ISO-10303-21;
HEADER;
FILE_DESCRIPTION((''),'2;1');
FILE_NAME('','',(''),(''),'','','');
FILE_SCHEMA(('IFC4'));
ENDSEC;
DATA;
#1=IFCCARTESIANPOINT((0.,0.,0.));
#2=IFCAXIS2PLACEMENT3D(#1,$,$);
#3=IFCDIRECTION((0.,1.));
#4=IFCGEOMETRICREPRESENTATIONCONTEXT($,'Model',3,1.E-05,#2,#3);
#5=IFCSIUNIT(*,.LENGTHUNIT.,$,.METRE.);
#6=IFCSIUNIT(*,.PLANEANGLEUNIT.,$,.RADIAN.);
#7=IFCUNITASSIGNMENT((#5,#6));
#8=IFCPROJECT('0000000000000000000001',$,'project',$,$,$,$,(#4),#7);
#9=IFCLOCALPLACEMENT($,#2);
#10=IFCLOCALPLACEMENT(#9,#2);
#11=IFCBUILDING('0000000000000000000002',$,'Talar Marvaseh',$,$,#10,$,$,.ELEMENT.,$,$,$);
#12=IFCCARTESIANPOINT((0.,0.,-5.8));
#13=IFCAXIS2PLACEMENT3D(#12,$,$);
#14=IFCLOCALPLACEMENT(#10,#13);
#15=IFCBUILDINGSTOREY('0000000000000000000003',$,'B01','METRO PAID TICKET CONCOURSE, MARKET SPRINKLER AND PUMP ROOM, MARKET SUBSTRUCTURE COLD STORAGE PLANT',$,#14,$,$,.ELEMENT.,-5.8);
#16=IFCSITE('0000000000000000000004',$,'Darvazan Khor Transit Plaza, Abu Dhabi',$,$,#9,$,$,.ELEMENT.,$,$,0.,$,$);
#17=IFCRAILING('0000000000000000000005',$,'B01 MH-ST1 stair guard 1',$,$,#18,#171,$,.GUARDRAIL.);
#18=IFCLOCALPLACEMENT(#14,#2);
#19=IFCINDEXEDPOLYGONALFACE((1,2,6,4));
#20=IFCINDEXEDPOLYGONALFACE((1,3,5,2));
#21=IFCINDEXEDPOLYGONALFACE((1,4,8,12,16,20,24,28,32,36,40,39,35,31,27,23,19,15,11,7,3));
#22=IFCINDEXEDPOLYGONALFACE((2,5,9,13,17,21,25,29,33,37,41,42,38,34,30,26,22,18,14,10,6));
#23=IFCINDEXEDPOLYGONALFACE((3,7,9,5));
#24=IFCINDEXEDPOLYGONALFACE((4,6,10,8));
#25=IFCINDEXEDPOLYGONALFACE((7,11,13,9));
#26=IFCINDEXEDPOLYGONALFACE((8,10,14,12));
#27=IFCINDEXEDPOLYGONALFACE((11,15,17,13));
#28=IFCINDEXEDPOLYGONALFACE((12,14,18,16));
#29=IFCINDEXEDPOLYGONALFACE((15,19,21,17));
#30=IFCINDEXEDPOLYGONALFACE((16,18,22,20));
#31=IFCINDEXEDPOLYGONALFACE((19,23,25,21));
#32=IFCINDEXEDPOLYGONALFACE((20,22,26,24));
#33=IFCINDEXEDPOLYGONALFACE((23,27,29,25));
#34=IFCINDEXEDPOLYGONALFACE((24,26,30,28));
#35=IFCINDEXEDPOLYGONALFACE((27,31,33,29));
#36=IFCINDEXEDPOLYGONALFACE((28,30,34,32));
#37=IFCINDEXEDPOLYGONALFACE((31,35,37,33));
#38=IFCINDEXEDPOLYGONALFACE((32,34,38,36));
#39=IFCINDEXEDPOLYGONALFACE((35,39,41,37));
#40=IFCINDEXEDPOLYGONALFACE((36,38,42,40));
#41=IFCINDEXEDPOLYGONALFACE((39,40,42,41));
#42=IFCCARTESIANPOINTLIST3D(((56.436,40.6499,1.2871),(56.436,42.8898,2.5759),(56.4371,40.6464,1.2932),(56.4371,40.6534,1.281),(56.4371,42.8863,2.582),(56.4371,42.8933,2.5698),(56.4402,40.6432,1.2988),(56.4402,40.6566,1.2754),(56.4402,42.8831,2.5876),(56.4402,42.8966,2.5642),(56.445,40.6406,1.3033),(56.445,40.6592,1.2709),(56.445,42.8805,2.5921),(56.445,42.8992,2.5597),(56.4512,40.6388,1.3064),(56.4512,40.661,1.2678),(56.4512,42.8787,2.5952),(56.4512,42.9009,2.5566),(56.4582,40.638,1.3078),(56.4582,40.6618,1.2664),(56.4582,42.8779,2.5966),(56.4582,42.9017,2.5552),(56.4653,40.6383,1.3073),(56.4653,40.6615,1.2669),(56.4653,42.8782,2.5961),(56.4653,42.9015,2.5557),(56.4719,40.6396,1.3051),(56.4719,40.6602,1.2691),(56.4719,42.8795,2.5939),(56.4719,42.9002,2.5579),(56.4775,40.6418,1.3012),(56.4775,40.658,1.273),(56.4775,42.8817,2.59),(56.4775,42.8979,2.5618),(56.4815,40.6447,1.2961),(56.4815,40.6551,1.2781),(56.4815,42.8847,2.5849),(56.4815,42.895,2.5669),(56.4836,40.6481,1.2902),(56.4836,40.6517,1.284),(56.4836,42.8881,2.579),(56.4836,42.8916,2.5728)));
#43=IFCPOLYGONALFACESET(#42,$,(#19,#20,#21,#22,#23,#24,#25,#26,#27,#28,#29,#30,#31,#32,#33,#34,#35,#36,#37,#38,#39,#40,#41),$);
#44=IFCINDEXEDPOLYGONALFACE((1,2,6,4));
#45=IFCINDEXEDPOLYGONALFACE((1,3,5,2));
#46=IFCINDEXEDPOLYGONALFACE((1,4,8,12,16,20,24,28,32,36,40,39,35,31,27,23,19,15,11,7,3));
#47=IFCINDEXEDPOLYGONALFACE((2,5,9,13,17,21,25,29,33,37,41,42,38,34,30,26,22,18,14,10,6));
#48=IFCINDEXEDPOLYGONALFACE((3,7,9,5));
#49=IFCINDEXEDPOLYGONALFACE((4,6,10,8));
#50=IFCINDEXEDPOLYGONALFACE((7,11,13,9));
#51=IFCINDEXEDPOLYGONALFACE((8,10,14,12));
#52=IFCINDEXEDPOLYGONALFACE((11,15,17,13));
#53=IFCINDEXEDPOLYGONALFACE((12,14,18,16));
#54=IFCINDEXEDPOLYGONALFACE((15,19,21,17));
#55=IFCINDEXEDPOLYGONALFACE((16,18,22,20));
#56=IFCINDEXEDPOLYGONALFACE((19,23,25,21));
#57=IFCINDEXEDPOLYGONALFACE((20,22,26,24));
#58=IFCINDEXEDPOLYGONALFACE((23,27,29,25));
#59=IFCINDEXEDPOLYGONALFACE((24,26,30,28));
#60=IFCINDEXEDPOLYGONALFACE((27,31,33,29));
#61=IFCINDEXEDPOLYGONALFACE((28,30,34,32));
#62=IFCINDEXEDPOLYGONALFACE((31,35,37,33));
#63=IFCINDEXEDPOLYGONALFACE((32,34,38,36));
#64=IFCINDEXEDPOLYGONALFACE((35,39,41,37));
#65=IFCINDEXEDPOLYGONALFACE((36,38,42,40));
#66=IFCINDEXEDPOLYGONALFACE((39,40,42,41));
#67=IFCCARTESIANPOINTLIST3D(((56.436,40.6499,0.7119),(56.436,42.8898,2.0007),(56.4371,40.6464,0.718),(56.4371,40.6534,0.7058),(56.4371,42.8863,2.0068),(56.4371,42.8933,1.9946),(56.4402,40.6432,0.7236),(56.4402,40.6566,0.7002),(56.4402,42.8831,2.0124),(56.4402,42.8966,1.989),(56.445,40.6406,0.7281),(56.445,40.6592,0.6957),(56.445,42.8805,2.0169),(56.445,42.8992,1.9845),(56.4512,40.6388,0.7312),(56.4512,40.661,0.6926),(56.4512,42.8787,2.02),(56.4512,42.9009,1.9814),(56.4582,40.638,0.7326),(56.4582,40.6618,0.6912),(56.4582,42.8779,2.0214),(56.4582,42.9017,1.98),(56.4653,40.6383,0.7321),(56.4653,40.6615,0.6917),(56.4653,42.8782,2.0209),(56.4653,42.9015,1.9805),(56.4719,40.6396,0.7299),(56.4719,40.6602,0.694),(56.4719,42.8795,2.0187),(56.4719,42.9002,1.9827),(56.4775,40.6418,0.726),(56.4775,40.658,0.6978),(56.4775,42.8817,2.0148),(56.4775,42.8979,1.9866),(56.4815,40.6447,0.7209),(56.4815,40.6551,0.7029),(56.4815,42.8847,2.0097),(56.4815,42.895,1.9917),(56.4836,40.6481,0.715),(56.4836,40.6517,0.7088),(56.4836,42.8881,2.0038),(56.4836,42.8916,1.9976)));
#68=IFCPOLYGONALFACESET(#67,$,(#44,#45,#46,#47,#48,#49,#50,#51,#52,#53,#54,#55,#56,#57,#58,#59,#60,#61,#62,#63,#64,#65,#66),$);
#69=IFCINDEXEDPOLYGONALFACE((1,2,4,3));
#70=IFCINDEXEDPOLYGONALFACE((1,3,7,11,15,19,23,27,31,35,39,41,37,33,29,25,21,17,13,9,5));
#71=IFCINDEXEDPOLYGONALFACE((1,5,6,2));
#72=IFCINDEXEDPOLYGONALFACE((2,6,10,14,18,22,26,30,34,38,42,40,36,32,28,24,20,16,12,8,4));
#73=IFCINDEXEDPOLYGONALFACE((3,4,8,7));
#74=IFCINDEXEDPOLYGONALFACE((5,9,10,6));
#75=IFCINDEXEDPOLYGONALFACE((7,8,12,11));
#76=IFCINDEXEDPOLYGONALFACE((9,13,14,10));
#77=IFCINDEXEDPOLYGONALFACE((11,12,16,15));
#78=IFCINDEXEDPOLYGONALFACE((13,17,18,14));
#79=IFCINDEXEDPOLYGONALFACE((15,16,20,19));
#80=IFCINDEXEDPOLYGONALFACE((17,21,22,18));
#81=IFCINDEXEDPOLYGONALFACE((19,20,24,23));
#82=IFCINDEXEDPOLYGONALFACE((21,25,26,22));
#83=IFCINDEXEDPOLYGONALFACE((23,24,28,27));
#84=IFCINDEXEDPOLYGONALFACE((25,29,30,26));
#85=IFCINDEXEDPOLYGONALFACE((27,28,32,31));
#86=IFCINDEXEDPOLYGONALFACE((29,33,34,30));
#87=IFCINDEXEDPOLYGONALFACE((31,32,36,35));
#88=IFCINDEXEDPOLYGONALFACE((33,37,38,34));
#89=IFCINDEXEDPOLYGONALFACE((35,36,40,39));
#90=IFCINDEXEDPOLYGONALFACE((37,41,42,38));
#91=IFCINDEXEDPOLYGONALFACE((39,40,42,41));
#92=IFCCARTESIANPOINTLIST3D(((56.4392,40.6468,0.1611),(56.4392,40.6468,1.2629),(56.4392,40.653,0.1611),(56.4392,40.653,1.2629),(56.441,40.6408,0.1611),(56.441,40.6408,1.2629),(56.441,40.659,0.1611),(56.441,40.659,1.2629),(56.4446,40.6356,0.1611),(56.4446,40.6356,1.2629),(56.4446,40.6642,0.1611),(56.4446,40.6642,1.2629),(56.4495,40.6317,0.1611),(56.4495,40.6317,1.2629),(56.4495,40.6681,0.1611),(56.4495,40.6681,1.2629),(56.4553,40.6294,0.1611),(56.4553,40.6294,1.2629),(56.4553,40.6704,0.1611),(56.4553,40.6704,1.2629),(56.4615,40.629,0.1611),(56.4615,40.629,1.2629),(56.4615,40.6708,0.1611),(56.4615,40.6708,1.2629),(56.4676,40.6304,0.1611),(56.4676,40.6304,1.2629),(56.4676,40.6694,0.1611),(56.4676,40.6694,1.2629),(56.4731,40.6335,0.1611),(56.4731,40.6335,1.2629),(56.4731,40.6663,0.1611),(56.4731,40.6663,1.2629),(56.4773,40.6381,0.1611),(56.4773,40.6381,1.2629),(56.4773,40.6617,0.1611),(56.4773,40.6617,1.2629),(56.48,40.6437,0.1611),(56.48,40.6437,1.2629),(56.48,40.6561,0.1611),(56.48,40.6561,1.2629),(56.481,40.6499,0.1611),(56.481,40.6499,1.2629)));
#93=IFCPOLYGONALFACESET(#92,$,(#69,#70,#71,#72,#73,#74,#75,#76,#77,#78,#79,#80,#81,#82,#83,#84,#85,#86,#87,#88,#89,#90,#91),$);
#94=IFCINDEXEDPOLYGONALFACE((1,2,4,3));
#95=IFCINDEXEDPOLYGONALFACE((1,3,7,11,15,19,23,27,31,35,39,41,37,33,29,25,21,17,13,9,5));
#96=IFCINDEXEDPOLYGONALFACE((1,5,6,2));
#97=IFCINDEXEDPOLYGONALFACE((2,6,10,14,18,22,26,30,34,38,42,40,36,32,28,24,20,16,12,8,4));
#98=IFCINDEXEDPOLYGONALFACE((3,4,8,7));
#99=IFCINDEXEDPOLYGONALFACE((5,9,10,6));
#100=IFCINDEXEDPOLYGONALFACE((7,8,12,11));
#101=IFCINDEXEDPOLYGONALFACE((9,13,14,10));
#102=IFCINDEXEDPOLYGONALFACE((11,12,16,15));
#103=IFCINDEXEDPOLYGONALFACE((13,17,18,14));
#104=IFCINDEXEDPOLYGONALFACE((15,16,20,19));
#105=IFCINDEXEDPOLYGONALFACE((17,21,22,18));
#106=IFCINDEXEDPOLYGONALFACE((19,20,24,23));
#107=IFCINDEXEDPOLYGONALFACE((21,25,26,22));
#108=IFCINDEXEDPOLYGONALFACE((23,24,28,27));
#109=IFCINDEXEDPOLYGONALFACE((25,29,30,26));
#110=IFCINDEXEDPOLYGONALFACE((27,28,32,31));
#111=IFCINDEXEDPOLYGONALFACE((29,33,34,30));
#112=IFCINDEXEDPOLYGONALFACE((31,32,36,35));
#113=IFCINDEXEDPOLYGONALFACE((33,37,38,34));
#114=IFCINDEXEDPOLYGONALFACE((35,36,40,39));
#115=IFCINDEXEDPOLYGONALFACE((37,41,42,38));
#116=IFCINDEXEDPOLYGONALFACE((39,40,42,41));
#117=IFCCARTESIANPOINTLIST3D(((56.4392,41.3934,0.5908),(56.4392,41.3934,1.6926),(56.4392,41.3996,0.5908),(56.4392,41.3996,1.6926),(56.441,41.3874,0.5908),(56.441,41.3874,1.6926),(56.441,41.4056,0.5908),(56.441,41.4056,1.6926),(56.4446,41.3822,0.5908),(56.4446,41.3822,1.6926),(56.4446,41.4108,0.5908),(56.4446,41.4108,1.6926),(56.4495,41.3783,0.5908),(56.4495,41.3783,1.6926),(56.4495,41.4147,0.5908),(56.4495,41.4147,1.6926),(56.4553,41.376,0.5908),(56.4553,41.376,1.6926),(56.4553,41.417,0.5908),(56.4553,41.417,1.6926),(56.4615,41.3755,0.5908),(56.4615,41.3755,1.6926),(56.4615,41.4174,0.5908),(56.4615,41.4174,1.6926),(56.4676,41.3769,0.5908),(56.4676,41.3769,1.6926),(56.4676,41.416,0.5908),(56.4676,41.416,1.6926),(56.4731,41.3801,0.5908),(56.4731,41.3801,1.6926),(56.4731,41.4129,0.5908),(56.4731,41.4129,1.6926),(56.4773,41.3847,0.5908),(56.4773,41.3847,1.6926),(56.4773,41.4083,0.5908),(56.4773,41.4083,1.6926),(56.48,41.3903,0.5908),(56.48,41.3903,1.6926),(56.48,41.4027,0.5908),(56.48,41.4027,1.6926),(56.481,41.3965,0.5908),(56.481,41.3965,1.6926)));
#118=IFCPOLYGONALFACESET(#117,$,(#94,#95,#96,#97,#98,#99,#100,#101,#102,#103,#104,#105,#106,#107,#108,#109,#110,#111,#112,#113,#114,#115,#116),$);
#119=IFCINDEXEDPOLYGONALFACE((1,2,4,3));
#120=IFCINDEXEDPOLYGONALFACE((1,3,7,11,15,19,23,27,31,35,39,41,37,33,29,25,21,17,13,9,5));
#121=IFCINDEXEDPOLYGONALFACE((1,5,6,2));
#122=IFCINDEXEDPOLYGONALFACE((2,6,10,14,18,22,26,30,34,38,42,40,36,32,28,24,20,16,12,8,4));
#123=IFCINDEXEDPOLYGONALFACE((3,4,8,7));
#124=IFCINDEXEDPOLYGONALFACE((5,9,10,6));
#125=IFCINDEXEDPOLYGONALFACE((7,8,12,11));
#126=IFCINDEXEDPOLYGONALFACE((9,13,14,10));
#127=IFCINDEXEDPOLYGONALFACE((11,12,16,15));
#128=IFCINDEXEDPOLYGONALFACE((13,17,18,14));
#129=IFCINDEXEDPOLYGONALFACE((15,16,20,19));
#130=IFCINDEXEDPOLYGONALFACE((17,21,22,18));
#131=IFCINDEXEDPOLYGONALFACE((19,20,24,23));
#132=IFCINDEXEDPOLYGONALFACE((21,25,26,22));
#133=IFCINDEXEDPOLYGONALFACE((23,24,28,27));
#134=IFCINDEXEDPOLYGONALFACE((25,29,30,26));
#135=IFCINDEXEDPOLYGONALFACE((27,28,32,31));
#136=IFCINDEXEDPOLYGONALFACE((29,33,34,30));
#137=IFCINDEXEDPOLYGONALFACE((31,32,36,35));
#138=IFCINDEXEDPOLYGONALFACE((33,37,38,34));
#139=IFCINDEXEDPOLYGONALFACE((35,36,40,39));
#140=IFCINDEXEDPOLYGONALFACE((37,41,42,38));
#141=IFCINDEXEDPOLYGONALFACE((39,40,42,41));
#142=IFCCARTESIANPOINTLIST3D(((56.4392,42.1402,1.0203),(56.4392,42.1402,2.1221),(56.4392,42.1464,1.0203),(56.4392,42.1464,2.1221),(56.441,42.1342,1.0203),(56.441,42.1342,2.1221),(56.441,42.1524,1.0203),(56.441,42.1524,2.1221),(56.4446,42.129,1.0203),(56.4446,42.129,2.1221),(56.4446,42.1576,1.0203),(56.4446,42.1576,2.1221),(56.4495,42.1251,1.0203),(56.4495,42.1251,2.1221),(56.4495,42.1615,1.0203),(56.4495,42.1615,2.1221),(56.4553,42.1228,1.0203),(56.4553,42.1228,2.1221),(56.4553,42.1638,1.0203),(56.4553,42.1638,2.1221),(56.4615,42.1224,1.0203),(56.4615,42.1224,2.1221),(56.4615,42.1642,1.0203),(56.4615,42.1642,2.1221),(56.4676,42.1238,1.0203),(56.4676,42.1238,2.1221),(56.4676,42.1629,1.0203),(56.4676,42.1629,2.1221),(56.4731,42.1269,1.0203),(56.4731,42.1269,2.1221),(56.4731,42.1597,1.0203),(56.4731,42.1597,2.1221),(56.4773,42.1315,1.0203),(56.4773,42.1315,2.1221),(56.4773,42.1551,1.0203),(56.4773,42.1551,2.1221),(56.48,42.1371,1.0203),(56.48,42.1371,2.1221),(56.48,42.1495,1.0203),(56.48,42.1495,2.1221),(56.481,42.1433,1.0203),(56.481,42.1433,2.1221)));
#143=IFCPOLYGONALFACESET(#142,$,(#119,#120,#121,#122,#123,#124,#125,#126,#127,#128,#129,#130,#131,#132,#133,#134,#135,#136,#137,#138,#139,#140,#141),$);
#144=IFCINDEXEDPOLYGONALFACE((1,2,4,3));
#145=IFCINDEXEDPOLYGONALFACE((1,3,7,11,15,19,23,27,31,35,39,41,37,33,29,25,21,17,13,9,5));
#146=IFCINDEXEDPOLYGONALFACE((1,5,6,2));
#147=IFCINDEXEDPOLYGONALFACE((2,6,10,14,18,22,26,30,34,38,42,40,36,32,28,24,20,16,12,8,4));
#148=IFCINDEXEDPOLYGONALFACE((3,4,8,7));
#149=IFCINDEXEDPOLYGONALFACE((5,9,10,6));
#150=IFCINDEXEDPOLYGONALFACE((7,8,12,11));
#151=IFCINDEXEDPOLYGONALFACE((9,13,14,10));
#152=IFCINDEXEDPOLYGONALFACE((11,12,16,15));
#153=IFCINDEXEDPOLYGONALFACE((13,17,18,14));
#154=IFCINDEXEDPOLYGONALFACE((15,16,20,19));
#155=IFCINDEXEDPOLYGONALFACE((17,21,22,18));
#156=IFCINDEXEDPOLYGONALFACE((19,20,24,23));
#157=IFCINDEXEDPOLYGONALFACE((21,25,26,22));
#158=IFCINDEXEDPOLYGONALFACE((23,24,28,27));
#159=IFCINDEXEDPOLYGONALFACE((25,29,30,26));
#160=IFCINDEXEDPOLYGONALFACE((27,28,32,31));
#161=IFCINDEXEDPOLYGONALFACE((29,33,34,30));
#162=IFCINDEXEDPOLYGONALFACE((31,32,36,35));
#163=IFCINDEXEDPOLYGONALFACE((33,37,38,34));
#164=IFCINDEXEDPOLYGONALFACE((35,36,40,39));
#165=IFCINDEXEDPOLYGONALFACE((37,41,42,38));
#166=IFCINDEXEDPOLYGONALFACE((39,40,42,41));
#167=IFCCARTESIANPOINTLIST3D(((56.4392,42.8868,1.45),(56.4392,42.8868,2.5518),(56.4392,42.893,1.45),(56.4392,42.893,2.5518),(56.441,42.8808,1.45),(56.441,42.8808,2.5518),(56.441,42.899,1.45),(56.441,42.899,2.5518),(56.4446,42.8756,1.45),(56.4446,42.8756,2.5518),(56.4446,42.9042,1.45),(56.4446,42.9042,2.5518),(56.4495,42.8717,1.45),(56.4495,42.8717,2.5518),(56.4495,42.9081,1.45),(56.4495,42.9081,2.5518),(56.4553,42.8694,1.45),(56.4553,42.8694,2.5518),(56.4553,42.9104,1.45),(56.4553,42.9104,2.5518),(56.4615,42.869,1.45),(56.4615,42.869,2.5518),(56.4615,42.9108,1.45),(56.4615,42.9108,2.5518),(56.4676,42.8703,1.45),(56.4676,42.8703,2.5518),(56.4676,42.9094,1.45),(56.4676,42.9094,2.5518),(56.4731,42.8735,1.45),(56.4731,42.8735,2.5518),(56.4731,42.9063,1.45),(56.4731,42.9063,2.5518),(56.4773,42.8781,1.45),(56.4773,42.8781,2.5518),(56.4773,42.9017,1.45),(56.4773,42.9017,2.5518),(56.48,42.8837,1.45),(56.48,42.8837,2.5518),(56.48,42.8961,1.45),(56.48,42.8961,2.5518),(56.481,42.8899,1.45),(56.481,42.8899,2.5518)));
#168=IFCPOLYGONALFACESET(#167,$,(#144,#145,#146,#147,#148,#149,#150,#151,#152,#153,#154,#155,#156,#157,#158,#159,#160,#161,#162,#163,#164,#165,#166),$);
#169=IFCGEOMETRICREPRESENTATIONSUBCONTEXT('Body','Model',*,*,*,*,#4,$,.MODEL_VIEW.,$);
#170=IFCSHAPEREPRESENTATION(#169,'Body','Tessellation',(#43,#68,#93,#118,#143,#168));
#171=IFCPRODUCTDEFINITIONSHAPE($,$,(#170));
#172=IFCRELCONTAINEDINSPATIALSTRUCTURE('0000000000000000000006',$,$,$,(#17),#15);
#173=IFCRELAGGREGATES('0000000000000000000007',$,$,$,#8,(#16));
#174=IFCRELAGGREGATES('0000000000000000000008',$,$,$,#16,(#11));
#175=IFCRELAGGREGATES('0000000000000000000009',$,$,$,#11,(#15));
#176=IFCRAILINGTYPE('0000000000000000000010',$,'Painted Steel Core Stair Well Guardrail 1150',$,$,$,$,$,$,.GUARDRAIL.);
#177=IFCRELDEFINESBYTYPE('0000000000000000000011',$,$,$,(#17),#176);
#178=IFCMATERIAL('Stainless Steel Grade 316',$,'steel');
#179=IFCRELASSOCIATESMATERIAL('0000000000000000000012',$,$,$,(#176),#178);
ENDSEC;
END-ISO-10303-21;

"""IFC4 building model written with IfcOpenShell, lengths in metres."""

from ifc_helpers import new_model, si_unit, direction, frame, origin, origin_2d, place, context, subcontext, project, spatial, circle, extrude, material, type_object, element, save


model = new_model("IFC4")

# Units and contexts
model_context = context("Model", 3, precision=1e-05, world=origin(), true_north=direction((0.0, 1.0)))
body_context = subcontext(model_context, "Body", "Model", "MODEL_VIEW")
ifc_project = project(units=[si_unit("LENGTHUNIT", "METRE"), si_unit("PLANEANGLEUNIT", "RADIAN")], contexts=[model_context])

# Site, building, storey
site_placement = place(None, origin())
site = spatial("IfcSite", under=ifc_project, at=site_placement, Name="Darvazan Khor Transit Plaza, Abu Dhabi", CompositionType="ELEMENT", RefElevation=0.0)
building_placement = place(site_placement, origin())
building = spatial("IfcBuilding", under=site, at=building_placement, Name="Talar Marvaseh", CompositionType="ELEMENT")
storey_placement = place(building_placement, frame((0.0, 0.0, -5.8)))
storey = spatial("IfcBuildingStorey", under=building, at=storey_placement, Name="B01", Description="METRO PAID TICKET CONCOURSE, MARKET SPRINKLER AND PUMP ROOM, MARKET SUBSTRUCTURE COLD STORAGE PLANT", CompositionType="ELEMENT", Elevation=-5.8)

# Railing
ifc_material_1 = material(Name="Stainless Steel Grade 316", Category="steel")
railing_type_1 = type_object("IfcRailingType", Name="Painted Steel Core Stair Well Guardrail 1150", PredefinedType="GUARDRAIL", material=ifc_material_1)
railing_1_placement = place(storey_placement, frame((56.46, 40.6499, 0.1611)))
element("IfcRailing", 1, at=railing_1_placement, inside=storey, type_object=railing_type_1, Name="B01 MH-ST1 stair guard 1", PredefinedType="GUARDRAIL", context=body_context, shape_type="SweptSolid", body=[
    extrude(circle(Radius=0.0239, at=origin_2d()), frame((0.0, 0.0, 1.126), z_axis=(0.0, 0.866768, 0.498711), x_axis=(-1.0, 0.0, 0.0)), (0.0, 0.0, 1.0), 2.5842),
    extrude(circle(Radius=0.0239, at=origin_2d()), frame((0.0, 0.0, 0.5508), z_axis=(0.0, 0.866768, 0.498711), x_axis=(-1.0, 0.0, 0.0)), (0.0, 0.0, 1.0), 2.5842),
    extrude(circle(Radius=0.021, at=origin_2d()), origin(), (0.0, 0.0, 1.0), 1.1018),
    extrude(circle(Radius=0.021, at=origin_2d()), frame((0.0, 0.7466, 0.4297)), (0.0, 0.0, 1.0), 1.1018),
    extrude(circle(Radius=0.021, at=origin_2d()), frame((0.0, 1.4934, 0.8591)), (0.0, 0.0, 1.0), 1.1018),
    extrude(circle(Radius=0.021, at=origin_2d()), frame((0.0, 2.24, 1.2888)), (0.0, 0.0, 1.0), 1.1018),
])

save(model, "model.ifc")
